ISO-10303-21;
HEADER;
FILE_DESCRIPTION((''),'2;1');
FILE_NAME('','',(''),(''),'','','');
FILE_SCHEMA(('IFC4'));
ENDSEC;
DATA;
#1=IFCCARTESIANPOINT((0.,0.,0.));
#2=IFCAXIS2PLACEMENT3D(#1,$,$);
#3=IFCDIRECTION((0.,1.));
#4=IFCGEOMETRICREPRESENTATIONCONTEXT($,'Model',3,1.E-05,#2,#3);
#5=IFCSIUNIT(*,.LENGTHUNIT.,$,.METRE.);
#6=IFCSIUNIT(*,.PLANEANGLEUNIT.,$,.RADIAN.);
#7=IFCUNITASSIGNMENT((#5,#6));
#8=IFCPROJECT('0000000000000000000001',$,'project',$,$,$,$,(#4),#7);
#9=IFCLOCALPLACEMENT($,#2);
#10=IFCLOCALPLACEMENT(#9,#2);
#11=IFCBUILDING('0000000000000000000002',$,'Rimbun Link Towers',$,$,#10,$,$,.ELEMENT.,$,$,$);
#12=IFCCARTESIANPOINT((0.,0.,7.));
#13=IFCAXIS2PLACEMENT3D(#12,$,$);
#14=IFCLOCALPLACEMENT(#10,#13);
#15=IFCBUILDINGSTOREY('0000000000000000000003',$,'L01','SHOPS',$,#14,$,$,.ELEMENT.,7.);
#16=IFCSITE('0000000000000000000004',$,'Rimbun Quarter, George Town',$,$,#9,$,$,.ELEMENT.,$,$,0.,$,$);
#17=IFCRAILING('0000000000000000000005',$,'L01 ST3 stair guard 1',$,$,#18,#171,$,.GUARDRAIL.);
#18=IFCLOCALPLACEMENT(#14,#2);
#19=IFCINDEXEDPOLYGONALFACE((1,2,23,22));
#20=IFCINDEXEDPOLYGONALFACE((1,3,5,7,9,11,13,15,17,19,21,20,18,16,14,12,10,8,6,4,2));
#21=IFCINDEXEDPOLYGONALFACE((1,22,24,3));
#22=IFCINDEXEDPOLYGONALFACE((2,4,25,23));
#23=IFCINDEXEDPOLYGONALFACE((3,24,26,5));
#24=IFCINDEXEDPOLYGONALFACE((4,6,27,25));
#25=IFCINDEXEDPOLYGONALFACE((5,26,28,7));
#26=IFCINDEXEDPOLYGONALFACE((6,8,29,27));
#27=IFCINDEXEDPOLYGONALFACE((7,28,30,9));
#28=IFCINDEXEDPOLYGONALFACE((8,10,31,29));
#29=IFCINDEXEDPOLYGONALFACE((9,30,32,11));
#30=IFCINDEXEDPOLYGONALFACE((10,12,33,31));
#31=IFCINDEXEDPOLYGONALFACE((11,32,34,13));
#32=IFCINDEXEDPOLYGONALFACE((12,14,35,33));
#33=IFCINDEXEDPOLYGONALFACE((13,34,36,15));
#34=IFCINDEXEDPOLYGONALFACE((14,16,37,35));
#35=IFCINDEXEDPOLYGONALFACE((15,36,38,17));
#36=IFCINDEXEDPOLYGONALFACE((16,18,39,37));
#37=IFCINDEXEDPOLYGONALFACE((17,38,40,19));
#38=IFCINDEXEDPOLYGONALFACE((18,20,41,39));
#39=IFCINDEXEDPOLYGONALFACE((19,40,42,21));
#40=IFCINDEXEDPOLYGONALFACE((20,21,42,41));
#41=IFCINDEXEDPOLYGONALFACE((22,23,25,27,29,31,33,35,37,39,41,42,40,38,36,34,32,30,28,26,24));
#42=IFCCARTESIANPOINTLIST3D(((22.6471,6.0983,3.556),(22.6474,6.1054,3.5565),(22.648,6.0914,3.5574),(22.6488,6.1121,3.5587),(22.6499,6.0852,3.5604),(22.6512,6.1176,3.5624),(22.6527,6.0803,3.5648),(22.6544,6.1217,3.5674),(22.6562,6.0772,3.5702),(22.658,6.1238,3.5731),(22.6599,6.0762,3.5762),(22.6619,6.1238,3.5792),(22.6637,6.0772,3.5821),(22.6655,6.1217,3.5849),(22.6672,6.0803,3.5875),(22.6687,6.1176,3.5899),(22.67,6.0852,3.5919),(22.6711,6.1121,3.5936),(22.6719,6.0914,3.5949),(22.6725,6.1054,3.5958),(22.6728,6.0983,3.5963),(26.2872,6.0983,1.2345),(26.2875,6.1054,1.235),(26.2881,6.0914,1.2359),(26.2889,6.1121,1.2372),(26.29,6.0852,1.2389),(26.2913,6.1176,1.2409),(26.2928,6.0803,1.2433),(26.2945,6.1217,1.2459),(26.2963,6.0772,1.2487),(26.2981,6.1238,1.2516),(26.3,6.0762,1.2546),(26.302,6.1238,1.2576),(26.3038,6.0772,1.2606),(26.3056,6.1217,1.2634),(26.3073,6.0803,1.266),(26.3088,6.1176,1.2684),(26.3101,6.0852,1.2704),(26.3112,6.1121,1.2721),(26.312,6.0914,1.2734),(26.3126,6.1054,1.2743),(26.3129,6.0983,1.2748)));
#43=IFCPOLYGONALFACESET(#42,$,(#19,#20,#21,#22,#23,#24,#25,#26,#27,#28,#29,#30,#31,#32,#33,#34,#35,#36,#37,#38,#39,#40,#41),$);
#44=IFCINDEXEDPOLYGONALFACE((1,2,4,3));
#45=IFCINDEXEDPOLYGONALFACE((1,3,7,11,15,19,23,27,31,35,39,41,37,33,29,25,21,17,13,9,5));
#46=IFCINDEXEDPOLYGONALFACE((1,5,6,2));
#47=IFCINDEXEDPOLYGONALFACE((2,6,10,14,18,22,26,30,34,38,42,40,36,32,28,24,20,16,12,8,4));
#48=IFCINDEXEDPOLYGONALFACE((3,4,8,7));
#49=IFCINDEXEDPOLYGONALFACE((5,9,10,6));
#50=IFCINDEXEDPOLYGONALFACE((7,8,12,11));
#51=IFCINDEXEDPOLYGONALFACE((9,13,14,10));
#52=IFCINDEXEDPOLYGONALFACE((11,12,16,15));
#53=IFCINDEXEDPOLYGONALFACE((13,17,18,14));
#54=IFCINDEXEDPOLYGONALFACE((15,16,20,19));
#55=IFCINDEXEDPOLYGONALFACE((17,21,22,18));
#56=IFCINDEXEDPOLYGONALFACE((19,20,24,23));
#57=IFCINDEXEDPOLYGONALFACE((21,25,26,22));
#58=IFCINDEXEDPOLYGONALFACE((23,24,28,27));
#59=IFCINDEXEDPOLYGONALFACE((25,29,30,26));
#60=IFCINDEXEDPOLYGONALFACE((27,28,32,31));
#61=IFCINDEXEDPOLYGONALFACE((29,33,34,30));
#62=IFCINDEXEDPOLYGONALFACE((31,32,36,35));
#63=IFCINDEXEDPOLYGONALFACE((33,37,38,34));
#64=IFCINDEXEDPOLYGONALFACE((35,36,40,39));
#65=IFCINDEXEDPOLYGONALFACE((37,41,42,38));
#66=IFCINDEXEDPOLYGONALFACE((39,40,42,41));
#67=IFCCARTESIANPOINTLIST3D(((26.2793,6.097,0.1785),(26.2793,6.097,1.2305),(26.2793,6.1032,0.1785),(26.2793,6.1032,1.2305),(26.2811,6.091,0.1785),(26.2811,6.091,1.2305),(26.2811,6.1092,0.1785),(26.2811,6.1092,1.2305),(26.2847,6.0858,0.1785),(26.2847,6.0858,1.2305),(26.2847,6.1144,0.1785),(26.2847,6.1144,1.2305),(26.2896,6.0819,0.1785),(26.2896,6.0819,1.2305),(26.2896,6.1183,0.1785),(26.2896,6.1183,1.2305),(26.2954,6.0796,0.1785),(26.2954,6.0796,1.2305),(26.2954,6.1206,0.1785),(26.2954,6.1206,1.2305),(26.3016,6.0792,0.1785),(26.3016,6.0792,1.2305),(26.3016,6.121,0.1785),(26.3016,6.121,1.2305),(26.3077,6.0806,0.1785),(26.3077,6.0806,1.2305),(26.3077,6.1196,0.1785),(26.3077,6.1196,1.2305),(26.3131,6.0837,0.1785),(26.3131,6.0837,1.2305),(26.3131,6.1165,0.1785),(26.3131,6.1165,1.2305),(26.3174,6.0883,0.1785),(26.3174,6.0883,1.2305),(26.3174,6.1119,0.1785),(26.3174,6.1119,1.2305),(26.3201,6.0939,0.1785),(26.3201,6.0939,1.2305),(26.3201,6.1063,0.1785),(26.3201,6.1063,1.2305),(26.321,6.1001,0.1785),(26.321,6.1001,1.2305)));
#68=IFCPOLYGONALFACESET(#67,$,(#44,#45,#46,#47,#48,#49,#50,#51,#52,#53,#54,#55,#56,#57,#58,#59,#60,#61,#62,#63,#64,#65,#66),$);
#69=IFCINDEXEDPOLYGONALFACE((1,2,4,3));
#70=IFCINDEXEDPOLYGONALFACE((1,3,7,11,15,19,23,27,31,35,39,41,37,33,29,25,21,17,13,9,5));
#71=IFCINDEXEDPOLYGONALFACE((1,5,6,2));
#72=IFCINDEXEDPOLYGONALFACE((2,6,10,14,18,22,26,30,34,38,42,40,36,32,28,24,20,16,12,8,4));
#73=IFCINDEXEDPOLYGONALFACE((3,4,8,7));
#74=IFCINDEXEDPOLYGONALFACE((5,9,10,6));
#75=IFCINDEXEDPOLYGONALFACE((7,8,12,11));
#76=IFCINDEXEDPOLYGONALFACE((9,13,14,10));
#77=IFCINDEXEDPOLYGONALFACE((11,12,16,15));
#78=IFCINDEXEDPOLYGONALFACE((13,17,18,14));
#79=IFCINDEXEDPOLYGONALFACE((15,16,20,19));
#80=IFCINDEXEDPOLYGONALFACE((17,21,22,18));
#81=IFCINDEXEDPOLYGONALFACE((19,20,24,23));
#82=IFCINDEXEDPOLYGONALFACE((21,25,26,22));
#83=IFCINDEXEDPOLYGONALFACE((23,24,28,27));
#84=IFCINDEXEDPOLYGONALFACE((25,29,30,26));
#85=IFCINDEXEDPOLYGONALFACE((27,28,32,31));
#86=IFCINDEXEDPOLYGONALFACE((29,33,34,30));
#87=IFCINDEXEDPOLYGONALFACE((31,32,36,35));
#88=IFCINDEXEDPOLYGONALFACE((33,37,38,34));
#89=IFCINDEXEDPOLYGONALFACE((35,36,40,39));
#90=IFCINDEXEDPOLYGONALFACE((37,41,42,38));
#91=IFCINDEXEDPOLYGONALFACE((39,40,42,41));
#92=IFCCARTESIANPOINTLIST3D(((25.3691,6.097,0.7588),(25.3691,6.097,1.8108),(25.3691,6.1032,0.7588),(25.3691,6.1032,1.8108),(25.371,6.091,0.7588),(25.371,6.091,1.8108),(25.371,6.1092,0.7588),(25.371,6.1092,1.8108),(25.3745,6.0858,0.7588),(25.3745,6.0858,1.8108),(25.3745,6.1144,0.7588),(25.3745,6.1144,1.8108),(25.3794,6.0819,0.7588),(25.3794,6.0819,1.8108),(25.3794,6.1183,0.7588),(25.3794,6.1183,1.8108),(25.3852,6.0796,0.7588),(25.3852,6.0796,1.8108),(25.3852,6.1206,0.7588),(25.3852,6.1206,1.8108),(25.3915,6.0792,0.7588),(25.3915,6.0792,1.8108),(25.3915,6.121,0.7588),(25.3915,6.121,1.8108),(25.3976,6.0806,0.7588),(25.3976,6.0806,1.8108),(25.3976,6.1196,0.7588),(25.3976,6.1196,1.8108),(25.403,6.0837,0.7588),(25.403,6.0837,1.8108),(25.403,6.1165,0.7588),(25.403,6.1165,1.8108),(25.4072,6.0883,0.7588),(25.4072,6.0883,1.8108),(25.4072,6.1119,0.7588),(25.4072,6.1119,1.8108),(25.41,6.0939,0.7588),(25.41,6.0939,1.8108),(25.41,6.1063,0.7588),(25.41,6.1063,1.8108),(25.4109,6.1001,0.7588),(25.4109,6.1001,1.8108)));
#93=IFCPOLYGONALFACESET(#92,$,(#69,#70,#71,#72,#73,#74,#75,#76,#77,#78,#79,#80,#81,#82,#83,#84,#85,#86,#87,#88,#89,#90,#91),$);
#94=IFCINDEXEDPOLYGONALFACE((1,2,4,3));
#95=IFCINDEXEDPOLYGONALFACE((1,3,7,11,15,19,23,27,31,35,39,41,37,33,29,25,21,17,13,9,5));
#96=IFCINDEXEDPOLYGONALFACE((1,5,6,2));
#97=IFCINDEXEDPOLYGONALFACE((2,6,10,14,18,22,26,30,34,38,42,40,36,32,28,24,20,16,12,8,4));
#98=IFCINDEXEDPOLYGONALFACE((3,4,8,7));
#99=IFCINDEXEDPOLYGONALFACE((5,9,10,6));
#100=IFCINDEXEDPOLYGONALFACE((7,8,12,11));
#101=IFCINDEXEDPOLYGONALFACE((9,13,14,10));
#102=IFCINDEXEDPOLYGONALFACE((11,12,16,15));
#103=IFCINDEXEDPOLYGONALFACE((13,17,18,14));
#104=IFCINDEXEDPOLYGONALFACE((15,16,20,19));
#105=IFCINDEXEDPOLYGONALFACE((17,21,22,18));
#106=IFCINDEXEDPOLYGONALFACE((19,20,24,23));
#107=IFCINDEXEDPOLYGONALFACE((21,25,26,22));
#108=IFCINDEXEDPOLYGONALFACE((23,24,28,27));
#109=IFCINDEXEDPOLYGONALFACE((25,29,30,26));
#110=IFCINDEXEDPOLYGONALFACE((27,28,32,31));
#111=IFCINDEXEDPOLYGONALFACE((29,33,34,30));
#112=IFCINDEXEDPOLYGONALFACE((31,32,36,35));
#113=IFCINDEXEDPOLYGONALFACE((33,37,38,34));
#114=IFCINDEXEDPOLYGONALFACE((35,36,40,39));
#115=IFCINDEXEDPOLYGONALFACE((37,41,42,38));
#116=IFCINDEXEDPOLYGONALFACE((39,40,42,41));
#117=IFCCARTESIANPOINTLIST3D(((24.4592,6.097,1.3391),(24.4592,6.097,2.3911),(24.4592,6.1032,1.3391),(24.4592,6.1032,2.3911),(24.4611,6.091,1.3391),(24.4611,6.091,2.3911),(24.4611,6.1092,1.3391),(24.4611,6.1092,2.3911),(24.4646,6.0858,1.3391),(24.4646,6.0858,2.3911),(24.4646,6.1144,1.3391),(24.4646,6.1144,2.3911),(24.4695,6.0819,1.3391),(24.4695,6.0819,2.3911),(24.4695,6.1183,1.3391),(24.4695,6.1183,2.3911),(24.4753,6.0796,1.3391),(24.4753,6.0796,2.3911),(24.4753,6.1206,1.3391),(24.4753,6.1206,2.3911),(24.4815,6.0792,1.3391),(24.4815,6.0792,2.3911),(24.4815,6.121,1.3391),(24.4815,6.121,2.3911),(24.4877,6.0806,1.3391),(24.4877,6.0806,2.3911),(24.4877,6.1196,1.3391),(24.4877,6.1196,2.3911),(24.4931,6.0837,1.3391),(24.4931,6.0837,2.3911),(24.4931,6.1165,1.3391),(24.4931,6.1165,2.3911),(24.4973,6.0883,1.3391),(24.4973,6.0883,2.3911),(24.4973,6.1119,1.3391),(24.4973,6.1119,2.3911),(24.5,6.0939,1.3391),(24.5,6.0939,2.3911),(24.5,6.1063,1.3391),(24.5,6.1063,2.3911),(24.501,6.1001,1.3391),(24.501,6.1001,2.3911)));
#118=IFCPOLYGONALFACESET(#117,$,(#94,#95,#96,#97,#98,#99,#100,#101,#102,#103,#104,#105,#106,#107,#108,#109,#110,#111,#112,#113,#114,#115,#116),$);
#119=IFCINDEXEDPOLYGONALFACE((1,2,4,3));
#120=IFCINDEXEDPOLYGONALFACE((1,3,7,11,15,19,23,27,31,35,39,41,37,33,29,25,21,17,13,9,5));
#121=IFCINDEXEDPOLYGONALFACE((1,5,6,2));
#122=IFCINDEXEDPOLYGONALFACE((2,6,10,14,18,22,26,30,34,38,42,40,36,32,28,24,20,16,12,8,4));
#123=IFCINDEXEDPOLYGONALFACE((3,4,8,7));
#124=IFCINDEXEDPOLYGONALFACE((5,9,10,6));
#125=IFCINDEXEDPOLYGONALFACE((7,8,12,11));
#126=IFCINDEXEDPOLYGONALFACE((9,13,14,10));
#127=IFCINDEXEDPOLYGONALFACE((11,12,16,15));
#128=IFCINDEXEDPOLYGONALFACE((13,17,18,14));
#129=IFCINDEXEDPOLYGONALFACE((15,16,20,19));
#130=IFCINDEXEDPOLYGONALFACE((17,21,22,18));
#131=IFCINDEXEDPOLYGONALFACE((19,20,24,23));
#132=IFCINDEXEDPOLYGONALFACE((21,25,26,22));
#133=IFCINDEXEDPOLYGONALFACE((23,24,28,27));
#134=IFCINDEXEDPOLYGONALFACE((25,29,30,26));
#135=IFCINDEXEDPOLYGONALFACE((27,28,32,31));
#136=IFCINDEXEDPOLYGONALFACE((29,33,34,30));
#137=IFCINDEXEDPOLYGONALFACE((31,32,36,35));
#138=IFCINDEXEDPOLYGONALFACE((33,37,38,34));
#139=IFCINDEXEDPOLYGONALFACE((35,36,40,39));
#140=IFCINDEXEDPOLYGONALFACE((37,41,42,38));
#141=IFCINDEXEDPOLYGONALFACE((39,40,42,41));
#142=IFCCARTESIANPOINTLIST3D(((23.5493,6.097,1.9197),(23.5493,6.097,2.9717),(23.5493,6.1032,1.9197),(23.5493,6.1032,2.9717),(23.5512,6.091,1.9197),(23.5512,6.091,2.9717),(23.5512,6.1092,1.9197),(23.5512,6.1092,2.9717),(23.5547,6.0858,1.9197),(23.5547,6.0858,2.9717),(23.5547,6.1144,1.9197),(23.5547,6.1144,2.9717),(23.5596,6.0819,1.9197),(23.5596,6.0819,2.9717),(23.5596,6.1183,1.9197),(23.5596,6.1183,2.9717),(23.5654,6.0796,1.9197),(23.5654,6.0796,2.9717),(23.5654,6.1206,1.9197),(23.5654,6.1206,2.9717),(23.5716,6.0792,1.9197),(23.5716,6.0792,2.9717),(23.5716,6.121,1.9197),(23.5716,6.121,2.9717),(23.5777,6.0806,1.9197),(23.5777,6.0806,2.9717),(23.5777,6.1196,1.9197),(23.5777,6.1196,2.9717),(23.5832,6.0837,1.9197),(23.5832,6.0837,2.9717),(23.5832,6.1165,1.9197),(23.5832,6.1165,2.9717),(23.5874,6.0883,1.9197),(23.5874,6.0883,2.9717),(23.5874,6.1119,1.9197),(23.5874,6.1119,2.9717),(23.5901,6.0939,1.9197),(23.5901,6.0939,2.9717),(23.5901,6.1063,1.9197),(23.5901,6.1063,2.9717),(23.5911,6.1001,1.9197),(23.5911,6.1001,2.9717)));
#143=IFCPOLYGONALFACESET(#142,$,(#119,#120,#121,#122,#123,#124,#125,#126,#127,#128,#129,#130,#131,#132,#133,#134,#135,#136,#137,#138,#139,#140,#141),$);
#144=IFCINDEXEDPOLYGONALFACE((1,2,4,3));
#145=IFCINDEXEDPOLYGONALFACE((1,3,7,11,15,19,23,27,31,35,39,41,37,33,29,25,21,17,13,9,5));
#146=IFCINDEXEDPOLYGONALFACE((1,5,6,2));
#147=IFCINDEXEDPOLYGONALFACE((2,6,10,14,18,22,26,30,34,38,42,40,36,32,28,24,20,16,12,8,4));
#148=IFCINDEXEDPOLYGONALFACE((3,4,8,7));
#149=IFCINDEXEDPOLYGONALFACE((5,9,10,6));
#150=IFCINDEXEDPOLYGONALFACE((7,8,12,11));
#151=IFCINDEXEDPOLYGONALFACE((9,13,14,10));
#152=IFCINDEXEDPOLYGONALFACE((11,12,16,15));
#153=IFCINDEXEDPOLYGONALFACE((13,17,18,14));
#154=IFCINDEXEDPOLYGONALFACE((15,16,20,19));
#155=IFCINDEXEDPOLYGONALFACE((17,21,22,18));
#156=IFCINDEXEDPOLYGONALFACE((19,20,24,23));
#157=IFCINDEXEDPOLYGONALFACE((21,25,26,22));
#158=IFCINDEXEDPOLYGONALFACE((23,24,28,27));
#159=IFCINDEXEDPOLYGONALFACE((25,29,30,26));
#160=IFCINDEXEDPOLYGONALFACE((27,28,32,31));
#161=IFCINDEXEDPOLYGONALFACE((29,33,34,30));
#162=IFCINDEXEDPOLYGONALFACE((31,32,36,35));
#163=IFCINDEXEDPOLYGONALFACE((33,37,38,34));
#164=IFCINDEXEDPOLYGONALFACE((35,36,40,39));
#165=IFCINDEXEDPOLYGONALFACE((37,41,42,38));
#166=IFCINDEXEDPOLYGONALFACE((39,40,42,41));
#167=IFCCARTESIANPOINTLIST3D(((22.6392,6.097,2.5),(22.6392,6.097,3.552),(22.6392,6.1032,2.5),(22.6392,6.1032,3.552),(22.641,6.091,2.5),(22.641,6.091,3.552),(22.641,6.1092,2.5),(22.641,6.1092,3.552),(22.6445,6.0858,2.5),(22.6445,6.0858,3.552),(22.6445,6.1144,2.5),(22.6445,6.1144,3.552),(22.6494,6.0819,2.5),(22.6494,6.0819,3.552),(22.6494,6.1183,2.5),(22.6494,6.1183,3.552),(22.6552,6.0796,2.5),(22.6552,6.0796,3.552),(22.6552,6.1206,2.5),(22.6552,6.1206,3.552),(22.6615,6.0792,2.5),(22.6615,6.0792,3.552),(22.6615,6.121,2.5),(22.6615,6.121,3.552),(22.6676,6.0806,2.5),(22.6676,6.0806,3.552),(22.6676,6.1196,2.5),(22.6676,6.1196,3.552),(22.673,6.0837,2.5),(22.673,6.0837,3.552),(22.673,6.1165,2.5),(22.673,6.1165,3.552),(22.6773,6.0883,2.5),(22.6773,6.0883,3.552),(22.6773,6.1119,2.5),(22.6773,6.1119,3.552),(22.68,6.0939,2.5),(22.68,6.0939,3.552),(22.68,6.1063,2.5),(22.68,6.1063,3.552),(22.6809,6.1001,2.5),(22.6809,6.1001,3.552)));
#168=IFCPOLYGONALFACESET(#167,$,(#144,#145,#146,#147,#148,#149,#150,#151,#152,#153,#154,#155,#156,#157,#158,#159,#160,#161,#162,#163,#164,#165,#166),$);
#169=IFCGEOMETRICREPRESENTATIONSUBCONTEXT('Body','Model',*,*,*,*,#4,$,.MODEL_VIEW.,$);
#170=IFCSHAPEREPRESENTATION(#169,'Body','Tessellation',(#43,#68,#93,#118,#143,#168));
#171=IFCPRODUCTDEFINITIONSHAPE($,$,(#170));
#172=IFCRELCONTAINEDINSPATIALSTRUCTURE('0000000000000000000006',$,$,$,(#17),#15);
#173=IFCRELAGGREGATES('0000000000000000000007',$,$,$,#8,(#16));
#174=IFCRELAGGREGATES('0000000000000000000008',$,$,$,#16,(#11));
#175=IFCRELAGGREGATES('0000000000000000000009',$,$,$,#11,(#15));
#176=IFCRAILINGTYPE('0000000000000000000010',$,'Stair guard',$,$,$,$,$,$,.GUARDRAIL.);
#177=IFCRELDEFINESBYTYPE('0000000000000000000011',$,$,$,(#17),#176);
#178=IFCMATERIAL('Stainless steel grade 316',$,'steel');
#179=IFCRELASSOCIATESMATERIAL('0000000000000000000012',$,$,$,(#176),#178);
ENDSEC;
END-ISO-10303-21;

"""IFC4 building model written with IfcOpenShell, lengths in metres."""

from ifc_helpers import new_model, si_unit, direction, frame, origin, origin_2d, place, context, subcontext, project, spatial, circle, extrude, material, type_object, element, save


model = new_model("IFC4")

# Units and contexts
model_context = context("Model", 3, precision=1e-05, world=origin(), true_north=direction((0.0, 1.0)))
body_context = subcontext(model_context, "Body", "Model", "MODEL_VIEW")
ifc_project = project(units=[si_unit("LENGTHUNIT", "METRE"), si_unit("PLANEANGLEUNIT", "RADIAN")], contexts=[model_context])

# Site, building, storey
site_placement = place(None, origin())
site = spatial("IfcSite", under=ifc_project, at=site_placement, Name="Rimbun Quarter, George Town", CompositionType="ELEMENT", RefElevation=0.0)
building_placement = place(site_placement, origin())
building = spatial("IfcBuilding", under=site, at=building_placement, Name="Rimbun Link Towers", CompositionType="ELEMENT")
storey_placement = place(building_placement, frame((0.0, 0.0, 7.0)))
storey = spatial("IfcBuildingStorey", under=building, at=storey_placement, Name="L01", Description="SHOPS", CompositionType="ELEMENT", Elevation=7.0)

# Railing
ifc_material_1 = material(Name="Stainless steel grade 316", Category="steel")
railing_type_1 = type_object("IfcRailingType", Name="Stair guard", PredefinedType="GUARDRAIL", material=ifc_material_1)
railing_1_placement = place(storey_placement, frame((26.3, 6.1001, 0.1785)))
element("IfcRailing", 1, at=railing_1_placement, inside=storey, type_object=railing_type_1, Name="L01 ST3 stair guard 1", PredefinedType="GUARDRAIL", context=body_context, shape_type="SweptSolid", body=[
    extrude(circle(Radius=0.0239, at=origin_2d()), frame((0.0, 0.0, 1.0762), z_axis=(-0.843128, 0.0, 0.537713), x_axis=(0.0, -1.0, 0.0)), (0.0, 0.0, 1.0), 4.3174),
    extrude(circle(Radius=0.021, at=origin_2d()), origin(), (0.0, 0.0, 1.0), 1.052),
    extrude(circle(Radius=0.021, at=origin_2d()), frame((-0.9102, 0.0, 0.5803)), (0.0, 0.0, 1.0), 1.052),
    extrude(circle(Radius=0.021, at=origin_2d()), frame((-1.8201, 0.0, 1.1606)), (0.0, 0.0, 1.0), 1.052),
    extrude(circle(Radius=0.021, at=origin_2d()), frame((-2.73, 0.0, 1.7412)), (0.0, 0.0, 1.0), 1.052),
    extrude(circle(Radius=0.021, at=origin_2d()), frame((-3.6401, 0.0, 2.3215)), (0.0, 0.0, 1.0), 1.052),
])

save(model, "model.ifc")
